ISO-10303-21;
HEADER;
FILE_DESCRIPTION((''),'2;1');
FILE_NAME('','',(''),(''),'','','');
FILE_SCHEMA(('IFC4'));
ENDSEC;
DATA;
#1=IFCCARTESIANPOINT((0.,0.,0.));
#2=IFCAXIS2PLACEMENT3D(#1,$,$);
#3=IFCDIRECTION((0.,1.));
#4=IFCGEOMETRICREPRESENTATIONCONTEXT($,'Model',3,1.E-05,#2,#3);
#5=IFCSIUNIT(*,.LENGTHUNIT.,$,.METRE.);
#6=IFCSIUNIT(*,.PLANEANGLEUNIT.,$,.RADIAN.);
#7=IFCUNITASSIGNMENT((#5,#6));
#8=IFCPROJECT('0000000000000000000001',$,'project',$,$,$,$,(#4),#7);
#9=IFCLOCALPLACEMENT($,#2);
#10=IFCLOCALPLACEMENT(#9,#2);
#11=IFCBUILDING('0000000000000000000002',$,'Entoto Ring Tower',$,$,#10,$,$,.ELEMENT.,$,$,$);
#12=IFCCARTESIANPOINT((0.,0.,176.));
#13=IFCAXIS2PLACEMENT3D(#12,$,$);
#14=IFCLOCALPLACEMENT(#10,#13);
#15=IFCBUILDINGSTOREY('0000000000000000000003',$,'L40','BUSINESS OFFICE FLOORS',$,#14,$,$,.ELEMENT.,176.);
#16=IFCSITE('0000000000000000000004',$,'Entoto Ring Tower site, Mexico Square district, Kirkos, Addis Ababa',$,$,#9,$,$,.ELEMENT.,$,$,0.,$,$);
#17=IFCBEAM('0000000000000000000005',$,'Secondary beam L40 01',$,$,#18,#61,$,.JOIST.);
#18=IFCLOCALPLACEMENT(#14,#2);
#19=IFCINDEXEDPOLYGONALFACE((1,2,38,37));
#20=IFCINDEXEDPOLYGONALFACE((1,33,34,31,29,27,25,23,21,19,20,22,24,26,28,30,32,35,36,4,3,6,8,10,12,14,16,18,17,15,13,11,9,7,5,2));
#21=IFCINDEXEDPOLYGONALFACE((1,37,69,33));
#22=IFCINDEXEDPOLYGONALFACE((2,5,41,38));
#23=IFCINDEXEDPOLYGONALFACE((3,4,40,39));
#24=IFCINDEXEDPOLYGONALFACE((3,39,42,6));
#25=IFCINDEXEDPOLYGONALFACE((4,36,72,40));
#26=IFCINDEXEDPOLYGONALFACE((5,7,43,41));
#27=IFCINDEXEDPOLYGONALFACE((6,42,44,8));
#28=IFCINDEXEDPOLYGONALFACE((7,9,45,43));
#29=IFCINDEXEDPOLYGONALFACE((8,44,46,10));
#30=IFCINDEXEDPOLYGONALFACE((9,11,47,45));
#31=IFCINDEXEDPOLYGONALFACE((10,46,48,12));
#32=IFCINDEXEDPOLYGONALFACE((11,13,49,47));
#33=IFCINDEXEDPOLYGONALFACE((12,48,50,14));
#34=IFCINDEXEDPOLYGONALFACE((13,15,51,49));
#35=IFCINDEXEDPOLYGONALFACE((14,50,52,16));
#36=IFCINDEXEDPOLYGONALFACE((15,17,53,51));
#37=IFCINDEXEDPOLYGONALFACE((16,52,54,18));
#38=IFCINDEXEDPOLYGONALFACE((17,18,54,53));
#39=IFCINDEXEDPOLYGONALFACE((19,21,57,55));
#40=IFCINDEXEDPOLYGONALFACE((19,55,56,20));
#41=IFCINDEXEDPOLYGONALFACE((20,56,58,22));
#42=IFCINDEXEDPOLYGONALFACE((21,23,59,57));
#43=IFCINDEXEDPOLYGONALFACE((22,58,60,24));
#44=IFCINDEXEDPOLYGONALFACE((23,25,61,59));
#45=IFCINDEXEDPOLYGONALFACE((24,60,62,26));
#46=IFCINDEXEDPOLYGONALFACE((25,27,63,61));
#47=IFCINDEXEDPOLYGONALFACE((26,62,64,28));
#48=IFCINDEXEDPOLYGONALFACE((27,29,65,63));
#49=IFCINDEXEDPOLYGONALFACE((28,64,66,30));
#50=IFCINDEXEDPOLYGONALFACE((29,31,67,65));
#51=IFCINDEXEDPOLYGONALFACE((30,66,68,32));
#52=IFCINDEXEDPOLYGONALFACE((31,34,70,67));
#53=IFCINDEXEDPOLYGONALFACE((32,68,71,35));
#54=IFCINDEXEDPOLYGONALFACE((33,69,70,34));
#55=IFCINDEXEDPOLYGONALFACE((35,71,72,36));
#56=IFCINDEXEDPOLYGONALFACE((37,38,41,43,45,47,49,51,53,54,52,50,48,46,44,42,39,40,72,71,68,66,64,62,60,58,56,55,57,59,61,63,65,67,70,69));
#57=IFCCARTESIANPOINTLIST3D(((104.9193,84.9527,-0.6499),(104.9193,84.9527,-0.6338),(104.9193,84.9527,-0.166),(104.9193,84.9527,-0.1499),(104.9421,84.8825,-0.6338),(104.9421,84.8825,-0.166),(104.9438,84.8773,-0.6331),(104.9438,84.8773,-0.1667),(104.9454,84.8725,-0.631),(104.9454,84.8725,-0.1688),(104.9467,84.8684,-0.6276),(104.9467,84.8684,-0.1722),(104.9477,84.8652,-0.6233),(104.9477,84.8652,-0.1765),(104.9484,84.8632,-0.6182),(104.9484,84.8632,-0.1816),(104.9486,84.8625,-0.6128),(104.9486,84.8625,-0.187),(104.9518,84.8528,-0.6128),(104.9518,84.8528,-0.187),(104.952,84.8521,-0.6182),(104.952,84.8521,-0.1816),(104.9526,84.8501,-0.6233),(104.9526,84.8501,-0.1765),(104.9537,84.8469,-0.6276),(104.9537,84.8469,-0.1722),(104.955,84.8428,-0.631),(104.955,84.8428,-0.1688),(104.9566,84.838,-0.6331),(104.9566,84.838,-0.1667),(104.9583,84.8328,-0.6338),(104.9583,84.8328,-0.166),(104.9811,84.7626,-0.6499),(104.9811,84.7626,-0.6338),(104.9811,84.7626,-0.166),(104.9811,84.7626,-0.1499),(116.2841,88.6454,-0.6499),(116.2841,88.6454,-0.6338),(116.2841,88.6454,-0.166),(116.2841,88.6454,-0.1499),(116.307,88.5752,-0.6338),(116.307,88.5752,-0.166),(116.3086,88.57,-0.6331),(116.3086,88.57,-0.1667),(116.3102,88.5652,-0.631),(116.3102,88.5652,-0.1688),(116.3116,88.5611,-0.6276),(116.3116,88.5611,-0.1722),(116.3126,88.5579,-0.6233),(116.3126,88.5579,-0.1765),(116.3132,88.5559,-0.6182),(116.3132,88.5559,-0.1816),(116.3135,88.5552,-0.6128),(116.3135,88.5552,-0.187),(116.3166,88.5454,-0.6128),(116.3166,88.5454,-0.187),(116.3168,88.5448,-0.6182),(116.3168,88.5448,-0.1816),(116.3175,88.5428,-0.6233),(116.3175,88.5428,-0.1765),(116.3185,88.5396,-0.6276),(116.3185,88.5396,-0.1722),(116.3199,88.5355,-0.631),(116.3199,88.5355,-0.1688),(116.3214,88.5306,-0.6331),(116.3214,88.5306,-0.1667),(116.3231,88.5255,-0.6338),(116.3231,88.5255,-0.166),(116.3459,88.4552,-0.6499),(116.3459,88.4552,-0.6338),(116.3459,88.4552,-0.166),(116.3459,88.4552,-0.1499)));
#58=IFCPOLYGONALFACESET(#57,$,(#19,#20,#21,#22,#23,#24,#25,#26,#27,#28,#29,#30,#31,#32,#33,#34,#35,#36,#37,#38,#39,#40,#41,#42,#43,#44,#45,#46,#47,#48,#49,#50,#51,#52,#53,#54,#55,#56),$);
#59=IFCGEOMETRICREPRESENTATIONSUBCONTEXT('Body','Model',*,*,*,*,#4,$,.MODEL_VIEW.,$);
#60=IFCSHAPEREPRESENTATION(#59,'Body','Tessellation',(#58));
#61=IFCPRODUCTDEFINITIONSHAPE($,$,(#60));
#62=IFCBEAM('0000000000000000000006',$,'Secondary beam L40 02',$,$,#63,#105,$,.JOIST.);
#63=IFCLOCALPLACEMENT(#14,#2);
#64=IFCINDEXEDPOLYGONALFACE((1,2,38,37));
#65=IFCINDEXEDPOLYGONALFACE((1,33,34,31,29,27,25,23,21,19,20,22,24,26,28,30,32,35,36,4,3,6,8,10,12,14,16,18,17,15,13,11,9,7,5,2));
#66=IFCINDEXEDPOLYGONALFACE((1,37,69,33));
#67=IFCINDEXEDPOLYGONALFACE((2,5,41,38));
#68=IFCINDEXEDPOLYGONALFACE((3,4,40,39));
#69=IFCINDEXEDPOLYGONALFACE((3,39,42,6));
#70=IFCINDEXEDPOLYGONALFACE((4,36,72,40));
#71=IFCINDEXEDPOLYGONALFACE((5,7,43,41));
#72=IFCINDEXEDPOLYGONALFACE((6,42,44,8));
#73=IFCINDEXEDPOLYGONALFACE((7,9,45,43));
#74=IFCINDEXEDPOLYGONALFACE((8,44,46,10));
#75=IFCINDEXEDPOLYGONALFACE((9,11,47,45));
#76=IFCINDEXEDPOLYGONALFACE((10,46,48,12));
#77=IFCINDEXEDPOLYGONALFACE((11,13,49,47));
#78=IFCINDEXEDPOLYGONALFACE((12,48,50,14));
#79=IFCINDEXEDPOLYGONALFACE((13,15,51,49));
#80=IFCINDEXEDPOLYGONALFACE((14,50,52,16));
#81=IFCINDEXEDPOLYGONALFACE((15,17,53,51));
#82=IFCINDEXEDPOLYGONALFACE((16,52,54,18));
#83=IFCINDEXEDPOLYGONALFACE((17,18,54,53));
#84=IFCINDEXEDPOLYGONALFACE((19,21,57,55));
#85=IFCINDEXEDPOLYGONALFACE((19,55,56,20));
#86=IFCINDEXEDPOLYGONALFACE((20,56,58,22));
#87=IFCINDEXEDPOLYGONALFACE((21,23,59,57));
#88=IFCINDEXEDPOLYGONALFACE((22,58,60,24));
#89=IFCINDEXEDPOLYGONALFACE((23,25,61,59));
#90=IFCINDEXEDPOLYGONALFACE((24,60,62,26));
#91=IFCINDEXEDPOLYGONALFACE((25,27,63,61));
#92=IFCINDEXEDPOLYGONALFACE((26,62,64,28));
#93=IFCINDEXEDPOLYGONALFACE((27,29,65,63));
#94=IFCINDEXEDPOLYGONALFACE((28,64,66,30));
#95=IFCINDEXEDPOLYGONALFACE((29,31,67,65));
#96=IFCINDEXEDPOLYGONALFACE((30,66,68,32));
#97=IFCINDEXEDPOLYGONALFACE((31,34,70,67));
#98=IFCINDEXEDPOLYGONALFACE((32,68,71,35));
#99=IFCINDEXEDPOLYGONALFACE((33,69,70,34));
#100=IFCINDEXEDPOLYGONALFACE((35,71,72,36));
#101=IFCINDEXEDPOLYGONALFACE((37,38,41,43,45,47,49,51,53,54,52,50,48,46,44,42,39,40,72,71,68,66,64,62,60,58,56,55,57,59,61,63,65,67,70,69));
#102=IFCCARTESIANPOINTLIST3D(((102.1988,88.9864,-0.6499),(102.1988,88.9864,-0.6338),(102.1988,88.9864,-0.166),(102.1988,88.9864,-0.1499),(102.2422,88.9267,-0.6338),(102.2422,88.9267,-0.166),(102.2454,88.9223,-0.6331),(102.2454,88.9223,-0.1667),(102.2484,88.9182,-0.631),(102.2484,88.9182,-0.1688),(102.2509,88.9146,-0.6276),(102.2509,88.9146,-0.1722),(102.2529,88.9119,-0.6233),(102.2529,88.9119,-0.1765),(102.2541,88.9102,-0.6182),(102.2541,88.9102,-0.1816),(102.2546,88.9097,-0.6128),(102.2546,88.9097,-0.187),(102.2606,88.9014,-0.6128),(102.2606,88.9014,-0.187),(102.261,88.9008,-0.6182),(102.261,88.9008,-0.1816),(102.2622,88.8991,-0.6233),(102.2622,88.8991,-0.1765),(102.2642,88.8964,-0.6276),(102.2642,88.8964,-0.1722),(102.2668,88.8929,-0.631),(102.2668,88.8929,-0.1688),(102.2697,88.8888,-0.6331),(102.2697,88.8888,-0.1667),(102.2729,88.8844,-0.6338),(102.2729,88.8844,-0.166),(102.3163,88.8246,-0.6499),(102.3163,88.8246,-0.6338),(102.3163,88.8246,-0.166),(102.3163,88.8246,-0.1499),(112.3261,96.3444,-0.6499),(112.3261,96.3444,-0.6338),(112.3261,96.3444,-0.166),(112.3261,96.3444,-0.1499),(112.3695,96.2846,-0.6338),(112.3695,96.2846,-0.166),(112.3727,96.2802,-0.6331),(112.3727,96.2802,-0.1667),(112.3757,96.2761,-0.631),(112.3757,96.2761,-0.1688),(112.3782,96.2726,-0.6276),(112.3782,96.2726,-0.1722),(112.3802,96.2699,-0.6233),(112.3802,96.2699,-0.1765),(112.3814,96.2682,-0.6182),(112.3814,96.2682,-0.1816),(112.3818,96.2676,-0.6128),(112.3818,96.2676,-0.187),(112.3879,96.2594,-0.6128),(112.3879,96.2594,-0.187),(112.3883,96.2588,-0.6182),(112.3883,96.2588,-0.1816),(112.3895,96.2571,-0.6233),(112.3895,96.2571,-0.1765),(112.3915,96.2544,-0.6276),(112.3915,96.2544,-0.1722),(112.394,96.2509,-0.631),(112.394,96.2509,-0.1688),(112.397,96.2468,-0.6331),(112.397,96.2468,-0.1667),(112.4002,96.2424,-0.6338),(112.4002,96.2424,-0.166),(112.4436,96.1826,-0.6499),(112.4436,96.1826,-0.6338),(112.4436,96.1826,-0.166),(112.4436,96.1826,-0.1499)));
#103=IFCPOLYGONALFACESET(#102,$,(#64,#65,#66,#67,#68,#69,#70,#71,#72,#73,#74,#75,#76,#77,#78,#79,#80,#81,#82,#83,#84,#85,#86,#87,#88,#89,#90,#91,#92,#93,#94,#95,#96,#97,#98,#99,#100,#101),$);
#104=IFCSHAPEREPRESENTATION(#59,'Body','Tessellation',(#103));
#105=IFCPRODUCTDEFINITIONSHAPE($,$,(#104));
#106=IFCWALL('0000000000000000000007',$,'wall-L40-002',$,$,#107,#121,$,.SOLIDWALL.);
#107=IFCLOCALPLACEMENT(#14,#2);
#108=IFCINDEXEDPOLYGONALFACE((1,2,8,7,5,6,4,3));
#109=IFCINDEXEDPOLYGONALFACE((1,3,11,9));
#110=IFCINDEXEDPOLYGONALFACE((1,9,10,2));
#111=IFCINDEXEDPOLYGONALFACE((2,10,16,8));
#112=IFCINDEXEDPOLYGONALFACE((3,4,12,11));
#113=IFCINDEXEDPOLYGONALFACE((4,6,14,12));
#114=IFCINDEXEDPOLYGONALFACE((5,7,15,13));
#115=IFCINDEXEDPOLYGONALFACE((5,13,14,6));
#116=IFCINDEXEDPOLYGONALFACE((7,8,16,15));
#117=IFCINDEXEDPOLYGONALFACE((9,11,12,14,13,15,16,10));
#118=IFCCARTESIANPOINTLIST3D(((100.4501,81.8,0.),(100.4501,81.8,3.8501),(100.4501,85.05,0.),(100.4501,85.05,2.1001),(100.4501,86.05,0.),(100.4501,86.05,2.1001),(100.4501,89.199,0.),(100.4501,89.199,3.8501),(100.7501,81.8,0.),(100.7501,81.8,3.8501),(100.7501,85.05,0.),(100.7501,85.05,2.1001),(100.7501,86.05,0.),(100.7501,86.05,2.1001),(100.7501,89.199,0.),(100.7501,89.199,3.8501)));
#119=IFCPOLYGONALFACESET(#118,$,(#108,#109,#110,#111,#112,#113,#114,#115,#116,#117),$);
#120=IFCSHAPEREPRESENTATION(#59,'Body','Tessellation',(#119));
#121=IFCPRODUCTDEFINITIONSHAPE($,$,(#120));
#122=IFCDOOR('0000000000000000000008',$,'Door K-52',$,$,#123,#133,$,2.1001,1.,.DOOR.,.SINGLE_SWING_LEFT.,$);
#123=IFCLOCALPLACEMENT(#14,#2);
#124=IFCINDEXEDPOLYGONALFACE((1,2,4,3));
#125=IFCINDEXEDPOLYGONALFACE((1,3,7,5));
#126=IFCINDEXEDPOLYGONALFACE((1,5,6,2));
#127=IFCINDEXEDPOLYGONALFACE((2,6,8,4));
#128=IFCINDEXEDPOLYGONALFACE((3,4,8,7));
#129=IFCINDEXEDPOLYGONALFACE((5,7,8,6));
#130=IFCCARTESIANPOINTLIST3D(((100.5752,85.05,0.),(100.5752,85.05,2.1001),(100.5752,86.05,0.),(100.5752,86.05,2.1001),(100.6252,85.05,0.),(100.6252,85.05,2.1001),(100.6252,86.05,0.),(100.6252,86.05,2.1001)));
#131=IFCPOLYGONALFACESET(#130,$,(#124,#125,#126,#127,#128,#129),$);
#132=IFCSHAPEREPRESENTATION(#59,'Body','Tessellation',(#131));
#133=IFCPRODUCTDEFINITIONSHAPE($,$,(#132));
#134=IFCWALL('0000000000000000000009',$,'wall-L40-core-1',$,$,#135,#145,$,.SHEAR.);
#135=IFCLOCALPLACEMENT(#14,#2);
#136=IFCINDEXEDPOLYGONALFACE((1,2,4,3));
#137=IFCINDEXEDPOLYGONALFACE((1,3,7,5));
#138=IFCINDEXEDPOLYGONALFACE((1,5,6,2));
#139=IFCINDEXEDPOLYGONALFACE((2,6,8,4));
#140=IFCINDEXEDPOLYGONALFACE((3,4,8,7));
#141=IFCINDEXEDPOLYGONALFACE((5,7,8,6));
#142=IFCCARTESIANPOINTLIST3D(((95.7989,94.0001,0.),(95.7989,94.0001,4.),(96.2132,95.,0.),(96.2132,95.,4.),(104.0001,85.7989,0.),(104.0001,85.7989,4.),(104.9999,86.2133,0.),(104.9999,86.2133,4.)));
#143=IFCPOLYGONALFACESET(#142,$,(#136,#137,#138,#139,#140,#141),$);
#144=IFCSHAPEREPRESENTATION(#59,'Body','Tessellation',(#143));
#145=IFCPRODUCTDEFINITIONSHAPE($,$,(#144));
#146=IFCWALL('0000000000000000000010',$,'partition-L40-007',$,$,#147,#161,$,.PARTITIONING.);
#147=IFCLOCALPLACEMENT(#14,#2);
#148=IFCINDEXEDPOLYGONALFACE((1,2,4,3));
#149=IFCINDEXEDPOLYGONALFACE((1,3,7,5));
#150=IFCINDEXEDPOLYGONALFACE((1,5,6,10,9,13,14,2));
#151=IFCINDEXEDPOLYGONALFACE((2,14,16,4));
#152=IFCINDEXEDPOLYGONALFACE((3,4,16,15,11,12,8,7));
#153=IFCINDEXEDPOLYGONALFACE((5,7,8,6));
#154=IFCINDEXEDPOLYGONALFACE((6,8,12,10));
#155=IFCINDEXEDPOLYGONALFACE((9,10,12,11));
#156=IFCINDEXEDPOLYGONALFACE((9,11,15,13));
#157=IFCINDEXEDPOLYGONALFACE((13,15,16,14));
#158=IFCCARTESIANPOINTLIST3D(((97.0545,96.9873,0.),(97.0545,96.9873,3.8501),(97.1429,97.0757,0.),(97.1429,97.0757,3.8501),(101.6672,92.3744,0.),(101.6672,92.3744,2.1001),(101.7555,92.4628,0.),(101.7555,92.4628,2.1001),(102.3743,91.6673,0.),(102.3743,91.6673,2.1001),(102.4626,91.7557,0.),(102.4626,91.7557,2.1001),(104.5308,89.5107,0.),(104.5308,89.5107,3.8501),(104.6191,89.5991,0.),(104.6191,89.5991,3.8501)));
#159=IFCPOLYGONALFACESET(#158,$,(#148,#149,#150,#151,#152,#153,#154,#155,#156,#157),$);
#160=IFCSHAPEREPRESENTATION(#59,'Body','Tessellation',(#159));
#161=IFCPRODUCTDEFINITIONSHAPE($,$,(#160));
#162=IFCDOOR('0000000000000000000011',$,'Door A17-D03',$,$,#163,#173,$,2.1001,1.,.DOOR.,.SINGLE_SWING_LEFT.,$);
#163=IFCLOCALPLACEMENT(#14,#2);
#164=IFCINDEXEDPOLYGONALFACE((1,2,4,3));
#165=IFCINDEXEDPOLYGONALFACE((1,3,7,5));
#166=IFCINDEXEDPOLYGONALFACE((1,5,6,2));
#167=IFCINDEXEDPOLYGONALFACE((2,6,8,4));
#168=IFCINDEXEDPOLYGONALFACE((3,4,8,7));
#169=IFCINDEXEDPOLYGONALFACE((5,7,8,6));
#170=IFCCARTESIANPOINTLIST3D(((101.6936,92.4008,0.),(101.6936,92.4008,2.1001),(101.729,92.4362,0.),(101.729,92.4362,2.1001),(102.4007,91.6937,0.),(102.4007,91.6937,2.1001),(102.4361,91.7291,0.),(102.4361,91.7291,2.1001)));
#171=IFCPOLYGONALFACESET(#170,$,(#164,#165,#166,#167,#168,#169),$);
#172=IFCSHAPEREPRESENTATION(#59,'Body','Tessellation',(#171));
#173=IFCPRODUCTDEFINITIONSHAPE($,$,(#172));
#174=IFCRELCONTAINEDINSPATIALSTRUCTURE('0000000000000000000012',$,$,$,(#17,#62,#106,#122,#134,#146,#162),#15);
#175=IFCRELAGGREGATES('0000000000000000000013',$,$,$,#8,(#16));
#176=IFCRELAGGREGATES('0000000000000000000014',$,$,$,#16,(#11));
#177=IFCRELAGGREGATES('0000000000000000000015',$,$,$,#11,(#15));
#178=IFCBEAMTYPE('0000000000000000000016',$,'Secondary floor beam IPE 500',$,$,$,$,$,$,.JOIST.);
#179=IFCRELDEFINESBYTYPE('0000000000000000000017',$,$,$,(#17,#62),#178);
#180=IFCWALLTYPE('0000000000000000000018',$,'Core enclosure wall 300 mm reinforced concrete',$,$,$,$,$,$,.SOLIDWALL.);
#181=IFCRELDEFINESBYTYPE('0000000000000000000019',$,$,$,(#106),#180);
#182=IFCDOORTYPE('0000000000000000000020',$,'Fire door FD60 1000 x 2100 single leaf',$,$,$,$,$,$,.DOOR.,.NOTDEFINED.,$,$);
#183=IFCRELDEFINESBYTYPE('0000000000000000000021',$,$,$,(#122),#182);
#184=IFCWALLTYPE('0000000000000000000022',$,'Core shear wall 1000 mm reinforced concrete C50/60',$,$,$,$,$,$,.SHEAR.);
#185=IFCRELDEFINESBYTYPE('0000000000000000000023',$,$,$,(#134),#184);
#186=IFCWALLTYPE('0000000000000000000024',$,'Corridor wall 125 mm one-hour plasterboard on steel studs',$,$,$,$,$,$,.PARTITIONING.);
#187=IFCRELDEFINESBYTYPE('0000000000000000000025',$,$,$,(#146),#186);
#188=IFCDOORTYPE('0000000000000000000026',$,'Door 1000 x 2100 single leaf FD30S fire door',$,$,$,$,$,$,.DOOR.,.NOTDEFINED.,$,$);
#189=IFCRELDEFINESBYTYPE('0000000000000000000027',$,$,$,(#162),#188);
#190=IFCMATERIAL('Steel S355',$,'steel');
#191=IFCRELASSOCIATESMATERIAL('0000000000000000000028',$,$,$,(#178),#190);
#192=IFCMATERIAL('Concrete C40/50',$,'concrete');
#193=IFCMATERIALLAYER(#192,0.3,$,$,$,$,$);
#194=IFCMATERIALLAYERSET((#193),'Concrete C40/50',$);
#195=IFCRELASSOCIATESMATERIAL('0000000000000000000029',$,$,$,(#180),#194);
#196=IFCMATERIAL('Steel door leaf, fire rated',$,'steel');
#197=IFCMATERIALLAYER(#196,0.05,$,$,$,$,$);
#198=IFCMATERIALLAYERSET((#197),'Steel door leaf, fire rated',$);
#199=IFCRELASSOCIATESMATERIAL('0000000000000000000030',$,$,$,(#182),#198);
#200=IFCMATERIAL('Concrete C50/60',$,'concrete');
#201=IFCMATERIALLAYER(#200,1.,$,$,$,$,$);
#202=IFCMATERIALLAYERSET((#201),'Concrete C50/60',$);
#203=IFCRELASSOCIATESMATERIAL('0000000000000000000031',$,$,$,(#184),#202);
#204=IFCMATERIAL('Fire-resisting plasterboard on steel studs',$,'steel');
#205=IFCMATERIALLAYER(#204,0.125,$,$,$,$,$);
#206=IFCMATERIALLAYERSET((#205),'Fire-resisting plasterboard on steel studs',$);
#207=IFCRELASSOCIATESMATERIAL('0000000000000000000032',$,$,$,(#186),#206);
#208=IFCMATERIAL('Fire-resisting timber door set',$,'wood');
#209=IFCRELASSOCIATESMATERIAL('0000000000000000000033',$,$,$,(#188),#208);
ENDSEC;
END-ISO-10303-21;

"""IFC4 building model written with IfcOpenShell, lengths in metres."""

from ifc_helpers import new_model, si_unit, direction, frame, frame_2d, origin, origin_2d, place, context, subcontext, project, spatial, polyline, rectangle, i_section, outline, extrude, material, layer, layer_set, material_profile, profile_set, type_object, element, fill, save


model = new_model("IFC4")

# Units and contexts
model_context = context("Model", 3, precision=1e-05, world=origin(), true_north=direction((0.0, 1.0)))
body_context = subcontext(model_context, "Body", "Model", "MODEL_VIEW")
ifc_project = project(units=[si_unit("LENGTHUNIT", "METRE"), si_unit("PLANEANGLEUNIT", "RADIAN")], contexts=[model_context])

# Site, building, storey
site_placement = place(None, origin())
site = spatial("IfcSite", under=ifc_project, at=site_placement, Name="Entoto Ring Tower site, Mexico Square district, Kirkos, Addis Ababa", CompositionType="ELEMENT", RefElevation=0.0)
building_placement = place(site_placement, origin())
building = spatial("IfcBuilding", under=site, at=building_placement, Name="Entoto Ring Tower", CompositionType="ELEMENT")
storey_placement = place(building_placement, frame((0.0, 0.0, 176.0)))
storey = spatial("IfcBuildingStorey", under=building, at=storey_placement, Name="L40", Description="BUSINESS OFFICE FLOORS", CompositionType="ELEMENT", Elevation=176.0)

# Beams
ifc_material_1 = material(Name="Steel S355", Category="steel")
ifc_material_profile_1 = material_profile(ifc_material_1, i_section(OverallWidth=0.2, OverallDepth=0.5, WebThickness=0.0103, FlangeThickness=0.0161, FilletRadius=0.021, at=origin_2d()), Name="IPE 500")
ifc_profile_set_1 = profile_set([ifc_material_profile_1], Name="Steel S355")
beam_type_1 = type_object("IfcBeamType", Name="Secondary floor beam IPE 500", PredefinedType="JOIST", material=ifc_profile_set_1)
beam_1_placement = place(storey_placement, frame((104.9502, 84.8577, -0.3999), z_axis=(0.951057, 0.309017, 0.0), x_axis=(-0.309017, 0.951057, 0.0)))
element("IfcBeam", 1, at=beam_1_placement, inside=storey, type_object=beam_type_1, Name="Secondary beam L40 01", PredefinedType="JOIST", context=body_context, shape_type="SweptSolid", body=[
    extrude(i_section(OverallWidth=0.2, OverallDepth=0.5, WebThickness=0.0103, FlangeThickness=0.0161, FilletRadius=0.021, at=origin_2d()), origin(), (0.0, 0.0, 1.0), 11.9497),
])
beam_2_placement = place(storey_placement, frame((102.2576, 88.9055, -0.3999), z_axis=(0.809014, 0.587789, 0.0), x_axis=(-0.587789, 0.809014, 0.0)))
element("IfcBeam", 2, at=beam_2_placement, inside=storey, type_object=beam_type_1, Name="Secondary beam L40 02", PredefinedType="JOIST", context=body_context, shape_type="SweptSolid", body=[
    extrude(i_section(OverallWidth=0.2, OverallDepth=0.5, WebThickness=0.0103, FlangeThickness=0.0161, FilletRadius=0.021, at=origin_2d()), origin(), (0.0, 0.0, 1.0), 12.5181),
])

# Wall, opening, door
ifc_material_2 = material(Name="Concrete C40/50", Category="concrete")
ifc_layer_1 = layer(ifc_material_2, 0.3)
ifc_layer_set_1 = layer_set([ifc_layer_1], Name="Concrete C40/50")
wall_type_1 = type_object("IfcWallType", Name="Core enclosure wall 300 mm reinforced concrete", PredefinedType="SOLIDWALL", material=ifc_layer_set_1)
wall_1_placement = place(storey_placement, frame((100.6001, 81.8, 0.0), z_axis=(0.0, 0.0, 1.0), x_axis=(0.0, 1.0, 0.0)))
wall_1 = element("IfcWall", 3, at=wall_1_placement, inside=storey, type_object=wall_type_1, Name="wall-L40-002", PredefinedType="SOLIDWALL", context=body_context, shape_type="SweptSolid", body=[
    extrude(rectangle(XDim=7.3989, YDim=0.3, at=frame_2d((3.6995, 0.0))), origin(), (0.0, 0.0, 1.0), 3.8501),
])
opening_1_placement = place(wall_1_placement, frame((3.25, 0.0, 0.0)))
opening_1 = element("IfcOpeningElement", 4, at=opening_1_placement, cuts=wall_1, PredefinedType="OPENING", context=body_context, shape_type="SweptSolid", body=[
    extrude(rectangle(XDim=1.0, YDim=2.1001, at=frame_2d((0.5, 1.05))), frame((0.0, 0.1602, 0.0), z_axis=(0.0, -1.0, 0.0), x_axis=(1.0, 0.0, 0.0)), (0.0, 0.0, 1.0), 0.3201),
])
ifc_material_3 = material(Name="Steel door leaf, fire rated", Category="steel")
ifc_layer_2 = layer(ifc_material_3, 0.05)
ifc_layer_set_2 = layer_set([ifc_layer_2], Name="Steel door leaf, fire rated")
door_type_1 = type_object("IfcDoorType", Name="Fire door FD60 1000 x 2100 single leaf", OperationType="NOTDEFINED", PredefinedType="DOOR", material=ifc_layer_set_2)
door_1_placement = place(opening_1_placement, origin())
door_1 = element("IfcDoor", 5, at=door_1_placement, inside=storey, type_object=door_type_1, Name="Door K-52", OperationType="SINGLE_SWING_LEFT", OverallHeight=2.1001, OverallWidth=1.0, PredefinedType="DOOR", context=body_context, shape_type="SweptSolid", body=[
    extrude(rectangle(XDim=1.0, YDim=2.1001, at=frame_2d((0.5, 1.05))), frame((0.0, 0.0249, 0.0), z_axis=(0.0, -1.0, 0.0), x_axis=(1.0, 0.0, 0.0)), (0.0, 0.0, 1.0), 0.05),
])
fill(opening_1, door_1)

# Wall
ifc_material_4 = material(Name="Concrete C50/60", Category="concrete")
ifc_layer_3 = layer(ifc_material_4, 1.0)
ifc_layer_set_3 = layer_set([ifc_layer_3], Name="Concrete C50/60")
wall_type_2 = type_object("IfcWallType", Name="Core shear wall 1000 mm reinforced concrete C50/60", PredefinedType="SHEAR", material=ifc_layer_set_3)
wall_2_placement = place(storey_placement, frame((104.5, 86.0061, 0.0), z_axis=(0.0, 0.0, 1.0), x_axis=(-0.707107, 0.707107, 0.0)))
element("IfcWall", 6, at=wall_2_placement, inside=storey, type_object=wall_type_2, Name="wall-L40-core-1", PredefinedType="SHEAR", context=body_context, shape_type="SweptSolid", body=[
    extrude(outline(polyline([(-0.207, -0.5), (12.2192, -0.5), (11.8052, 0.5), (0.207, 0.5), (-0.207, -0.5)])), origin(), (0.0, 0.0, 1.0), 4.0),
])

# Wall, opening, door
ifc_material_5 = material(Name="Fire-resisting plasterboard on steel studs", Category="steel")
ifc_layer_4 = layer(ifc_material_5, 0.125)
ifc_layer_set_4 = layer_set([ifc_layer_4], Name="Fire-resisting plasterboard on steel studs")
wall_type_3 = type_object("IfcWallType", Name="Corridor wall 125 mm one-hour plasterboard on steel studs", PredefinedType="PARTITIONING", material=ifc_layer_set_4)
wall_3_placement = place(storey_placement, frame((104.575, 89.5549, 0.0), z_axis=(0.0, 0.0, 1.0), x_axis=(-0.707095, 0.707118, 0.0)))
wall_3 = element("IfcWall", 7, at=wall_3_placement, inside=storey, type_object=wall_type_3, Name="partition-L40-007", PredefinedType="PARTITIONING", context=body_context, shape_type="SweptSolid", body=[
    extrude(rectangle(XDim=10.5732, YDim=0.125, at=frame_2d((5.2866, 0.0))), origin(), (0.0, 0.0, 1.0), 3.8501),
])
opening_2_placement = place(wall_3_placement, frame((3.0498, 0.0, 0.0)))
opening_2 = element("IfcOpeningElement", 8, at=opening_2_placement, cuts=wall_3, PredefinedType="OPENING", context=body_context, shape_type="SweptSolid", body=[
    extrude(rectangle(XDim=1.0, YDim=2.1001, at=frame_2d((0.5, 1.05))), frame((0.0, 0.0725, 0.0), z_axis=(0.0, -1.0, 0.0), x_axis=(1.0, 0.0, 0.0)), (0.0, 0.0, 1.0), 0.145),
])
ifc_material_6 = material(Name="Fire-resisting timber door set", Category="wood")
door_type_2 = type_object("IfcDoorType", Name="Door 1000 x 2100 single leaf FD30S fire door", OperationType="NOTDEFINED", PredefinedType="DOOR", material=ifc_material_6)
door_2_placement = place(opening_2_placement, frame((1.0, 0.0, 0.0), z_axis=(0.0, 0.0, 1.0), x_axis=(-1.0, 0.0, 0.0)))
door_2 = element("IfcDoor", 9, at=door_2_placement, inside=storey, type_object=door_type_2, Name="Door A17-D03", OperationType="SINGLE_SWING_LEFT", OverallHeight=2.1001, OverallWidth=1.0, PredefinedType="DOOR", context=body_context, shape_type="SweptSolid", body=[
    extrude(rectangle(XDim=1.0, YDim=2.1001, at=frame_2d((0.5, 1.05))), frame((0.0, 0.0249, 0.0), z_axis=(0.0, -1.0, 0.0), x_axis=(1.0, 0.0, 0.0)), (0.0, 0.0, 1.0), 0.05),
])
fill(opening_2, door_2)

save(model, "model.ifc")
